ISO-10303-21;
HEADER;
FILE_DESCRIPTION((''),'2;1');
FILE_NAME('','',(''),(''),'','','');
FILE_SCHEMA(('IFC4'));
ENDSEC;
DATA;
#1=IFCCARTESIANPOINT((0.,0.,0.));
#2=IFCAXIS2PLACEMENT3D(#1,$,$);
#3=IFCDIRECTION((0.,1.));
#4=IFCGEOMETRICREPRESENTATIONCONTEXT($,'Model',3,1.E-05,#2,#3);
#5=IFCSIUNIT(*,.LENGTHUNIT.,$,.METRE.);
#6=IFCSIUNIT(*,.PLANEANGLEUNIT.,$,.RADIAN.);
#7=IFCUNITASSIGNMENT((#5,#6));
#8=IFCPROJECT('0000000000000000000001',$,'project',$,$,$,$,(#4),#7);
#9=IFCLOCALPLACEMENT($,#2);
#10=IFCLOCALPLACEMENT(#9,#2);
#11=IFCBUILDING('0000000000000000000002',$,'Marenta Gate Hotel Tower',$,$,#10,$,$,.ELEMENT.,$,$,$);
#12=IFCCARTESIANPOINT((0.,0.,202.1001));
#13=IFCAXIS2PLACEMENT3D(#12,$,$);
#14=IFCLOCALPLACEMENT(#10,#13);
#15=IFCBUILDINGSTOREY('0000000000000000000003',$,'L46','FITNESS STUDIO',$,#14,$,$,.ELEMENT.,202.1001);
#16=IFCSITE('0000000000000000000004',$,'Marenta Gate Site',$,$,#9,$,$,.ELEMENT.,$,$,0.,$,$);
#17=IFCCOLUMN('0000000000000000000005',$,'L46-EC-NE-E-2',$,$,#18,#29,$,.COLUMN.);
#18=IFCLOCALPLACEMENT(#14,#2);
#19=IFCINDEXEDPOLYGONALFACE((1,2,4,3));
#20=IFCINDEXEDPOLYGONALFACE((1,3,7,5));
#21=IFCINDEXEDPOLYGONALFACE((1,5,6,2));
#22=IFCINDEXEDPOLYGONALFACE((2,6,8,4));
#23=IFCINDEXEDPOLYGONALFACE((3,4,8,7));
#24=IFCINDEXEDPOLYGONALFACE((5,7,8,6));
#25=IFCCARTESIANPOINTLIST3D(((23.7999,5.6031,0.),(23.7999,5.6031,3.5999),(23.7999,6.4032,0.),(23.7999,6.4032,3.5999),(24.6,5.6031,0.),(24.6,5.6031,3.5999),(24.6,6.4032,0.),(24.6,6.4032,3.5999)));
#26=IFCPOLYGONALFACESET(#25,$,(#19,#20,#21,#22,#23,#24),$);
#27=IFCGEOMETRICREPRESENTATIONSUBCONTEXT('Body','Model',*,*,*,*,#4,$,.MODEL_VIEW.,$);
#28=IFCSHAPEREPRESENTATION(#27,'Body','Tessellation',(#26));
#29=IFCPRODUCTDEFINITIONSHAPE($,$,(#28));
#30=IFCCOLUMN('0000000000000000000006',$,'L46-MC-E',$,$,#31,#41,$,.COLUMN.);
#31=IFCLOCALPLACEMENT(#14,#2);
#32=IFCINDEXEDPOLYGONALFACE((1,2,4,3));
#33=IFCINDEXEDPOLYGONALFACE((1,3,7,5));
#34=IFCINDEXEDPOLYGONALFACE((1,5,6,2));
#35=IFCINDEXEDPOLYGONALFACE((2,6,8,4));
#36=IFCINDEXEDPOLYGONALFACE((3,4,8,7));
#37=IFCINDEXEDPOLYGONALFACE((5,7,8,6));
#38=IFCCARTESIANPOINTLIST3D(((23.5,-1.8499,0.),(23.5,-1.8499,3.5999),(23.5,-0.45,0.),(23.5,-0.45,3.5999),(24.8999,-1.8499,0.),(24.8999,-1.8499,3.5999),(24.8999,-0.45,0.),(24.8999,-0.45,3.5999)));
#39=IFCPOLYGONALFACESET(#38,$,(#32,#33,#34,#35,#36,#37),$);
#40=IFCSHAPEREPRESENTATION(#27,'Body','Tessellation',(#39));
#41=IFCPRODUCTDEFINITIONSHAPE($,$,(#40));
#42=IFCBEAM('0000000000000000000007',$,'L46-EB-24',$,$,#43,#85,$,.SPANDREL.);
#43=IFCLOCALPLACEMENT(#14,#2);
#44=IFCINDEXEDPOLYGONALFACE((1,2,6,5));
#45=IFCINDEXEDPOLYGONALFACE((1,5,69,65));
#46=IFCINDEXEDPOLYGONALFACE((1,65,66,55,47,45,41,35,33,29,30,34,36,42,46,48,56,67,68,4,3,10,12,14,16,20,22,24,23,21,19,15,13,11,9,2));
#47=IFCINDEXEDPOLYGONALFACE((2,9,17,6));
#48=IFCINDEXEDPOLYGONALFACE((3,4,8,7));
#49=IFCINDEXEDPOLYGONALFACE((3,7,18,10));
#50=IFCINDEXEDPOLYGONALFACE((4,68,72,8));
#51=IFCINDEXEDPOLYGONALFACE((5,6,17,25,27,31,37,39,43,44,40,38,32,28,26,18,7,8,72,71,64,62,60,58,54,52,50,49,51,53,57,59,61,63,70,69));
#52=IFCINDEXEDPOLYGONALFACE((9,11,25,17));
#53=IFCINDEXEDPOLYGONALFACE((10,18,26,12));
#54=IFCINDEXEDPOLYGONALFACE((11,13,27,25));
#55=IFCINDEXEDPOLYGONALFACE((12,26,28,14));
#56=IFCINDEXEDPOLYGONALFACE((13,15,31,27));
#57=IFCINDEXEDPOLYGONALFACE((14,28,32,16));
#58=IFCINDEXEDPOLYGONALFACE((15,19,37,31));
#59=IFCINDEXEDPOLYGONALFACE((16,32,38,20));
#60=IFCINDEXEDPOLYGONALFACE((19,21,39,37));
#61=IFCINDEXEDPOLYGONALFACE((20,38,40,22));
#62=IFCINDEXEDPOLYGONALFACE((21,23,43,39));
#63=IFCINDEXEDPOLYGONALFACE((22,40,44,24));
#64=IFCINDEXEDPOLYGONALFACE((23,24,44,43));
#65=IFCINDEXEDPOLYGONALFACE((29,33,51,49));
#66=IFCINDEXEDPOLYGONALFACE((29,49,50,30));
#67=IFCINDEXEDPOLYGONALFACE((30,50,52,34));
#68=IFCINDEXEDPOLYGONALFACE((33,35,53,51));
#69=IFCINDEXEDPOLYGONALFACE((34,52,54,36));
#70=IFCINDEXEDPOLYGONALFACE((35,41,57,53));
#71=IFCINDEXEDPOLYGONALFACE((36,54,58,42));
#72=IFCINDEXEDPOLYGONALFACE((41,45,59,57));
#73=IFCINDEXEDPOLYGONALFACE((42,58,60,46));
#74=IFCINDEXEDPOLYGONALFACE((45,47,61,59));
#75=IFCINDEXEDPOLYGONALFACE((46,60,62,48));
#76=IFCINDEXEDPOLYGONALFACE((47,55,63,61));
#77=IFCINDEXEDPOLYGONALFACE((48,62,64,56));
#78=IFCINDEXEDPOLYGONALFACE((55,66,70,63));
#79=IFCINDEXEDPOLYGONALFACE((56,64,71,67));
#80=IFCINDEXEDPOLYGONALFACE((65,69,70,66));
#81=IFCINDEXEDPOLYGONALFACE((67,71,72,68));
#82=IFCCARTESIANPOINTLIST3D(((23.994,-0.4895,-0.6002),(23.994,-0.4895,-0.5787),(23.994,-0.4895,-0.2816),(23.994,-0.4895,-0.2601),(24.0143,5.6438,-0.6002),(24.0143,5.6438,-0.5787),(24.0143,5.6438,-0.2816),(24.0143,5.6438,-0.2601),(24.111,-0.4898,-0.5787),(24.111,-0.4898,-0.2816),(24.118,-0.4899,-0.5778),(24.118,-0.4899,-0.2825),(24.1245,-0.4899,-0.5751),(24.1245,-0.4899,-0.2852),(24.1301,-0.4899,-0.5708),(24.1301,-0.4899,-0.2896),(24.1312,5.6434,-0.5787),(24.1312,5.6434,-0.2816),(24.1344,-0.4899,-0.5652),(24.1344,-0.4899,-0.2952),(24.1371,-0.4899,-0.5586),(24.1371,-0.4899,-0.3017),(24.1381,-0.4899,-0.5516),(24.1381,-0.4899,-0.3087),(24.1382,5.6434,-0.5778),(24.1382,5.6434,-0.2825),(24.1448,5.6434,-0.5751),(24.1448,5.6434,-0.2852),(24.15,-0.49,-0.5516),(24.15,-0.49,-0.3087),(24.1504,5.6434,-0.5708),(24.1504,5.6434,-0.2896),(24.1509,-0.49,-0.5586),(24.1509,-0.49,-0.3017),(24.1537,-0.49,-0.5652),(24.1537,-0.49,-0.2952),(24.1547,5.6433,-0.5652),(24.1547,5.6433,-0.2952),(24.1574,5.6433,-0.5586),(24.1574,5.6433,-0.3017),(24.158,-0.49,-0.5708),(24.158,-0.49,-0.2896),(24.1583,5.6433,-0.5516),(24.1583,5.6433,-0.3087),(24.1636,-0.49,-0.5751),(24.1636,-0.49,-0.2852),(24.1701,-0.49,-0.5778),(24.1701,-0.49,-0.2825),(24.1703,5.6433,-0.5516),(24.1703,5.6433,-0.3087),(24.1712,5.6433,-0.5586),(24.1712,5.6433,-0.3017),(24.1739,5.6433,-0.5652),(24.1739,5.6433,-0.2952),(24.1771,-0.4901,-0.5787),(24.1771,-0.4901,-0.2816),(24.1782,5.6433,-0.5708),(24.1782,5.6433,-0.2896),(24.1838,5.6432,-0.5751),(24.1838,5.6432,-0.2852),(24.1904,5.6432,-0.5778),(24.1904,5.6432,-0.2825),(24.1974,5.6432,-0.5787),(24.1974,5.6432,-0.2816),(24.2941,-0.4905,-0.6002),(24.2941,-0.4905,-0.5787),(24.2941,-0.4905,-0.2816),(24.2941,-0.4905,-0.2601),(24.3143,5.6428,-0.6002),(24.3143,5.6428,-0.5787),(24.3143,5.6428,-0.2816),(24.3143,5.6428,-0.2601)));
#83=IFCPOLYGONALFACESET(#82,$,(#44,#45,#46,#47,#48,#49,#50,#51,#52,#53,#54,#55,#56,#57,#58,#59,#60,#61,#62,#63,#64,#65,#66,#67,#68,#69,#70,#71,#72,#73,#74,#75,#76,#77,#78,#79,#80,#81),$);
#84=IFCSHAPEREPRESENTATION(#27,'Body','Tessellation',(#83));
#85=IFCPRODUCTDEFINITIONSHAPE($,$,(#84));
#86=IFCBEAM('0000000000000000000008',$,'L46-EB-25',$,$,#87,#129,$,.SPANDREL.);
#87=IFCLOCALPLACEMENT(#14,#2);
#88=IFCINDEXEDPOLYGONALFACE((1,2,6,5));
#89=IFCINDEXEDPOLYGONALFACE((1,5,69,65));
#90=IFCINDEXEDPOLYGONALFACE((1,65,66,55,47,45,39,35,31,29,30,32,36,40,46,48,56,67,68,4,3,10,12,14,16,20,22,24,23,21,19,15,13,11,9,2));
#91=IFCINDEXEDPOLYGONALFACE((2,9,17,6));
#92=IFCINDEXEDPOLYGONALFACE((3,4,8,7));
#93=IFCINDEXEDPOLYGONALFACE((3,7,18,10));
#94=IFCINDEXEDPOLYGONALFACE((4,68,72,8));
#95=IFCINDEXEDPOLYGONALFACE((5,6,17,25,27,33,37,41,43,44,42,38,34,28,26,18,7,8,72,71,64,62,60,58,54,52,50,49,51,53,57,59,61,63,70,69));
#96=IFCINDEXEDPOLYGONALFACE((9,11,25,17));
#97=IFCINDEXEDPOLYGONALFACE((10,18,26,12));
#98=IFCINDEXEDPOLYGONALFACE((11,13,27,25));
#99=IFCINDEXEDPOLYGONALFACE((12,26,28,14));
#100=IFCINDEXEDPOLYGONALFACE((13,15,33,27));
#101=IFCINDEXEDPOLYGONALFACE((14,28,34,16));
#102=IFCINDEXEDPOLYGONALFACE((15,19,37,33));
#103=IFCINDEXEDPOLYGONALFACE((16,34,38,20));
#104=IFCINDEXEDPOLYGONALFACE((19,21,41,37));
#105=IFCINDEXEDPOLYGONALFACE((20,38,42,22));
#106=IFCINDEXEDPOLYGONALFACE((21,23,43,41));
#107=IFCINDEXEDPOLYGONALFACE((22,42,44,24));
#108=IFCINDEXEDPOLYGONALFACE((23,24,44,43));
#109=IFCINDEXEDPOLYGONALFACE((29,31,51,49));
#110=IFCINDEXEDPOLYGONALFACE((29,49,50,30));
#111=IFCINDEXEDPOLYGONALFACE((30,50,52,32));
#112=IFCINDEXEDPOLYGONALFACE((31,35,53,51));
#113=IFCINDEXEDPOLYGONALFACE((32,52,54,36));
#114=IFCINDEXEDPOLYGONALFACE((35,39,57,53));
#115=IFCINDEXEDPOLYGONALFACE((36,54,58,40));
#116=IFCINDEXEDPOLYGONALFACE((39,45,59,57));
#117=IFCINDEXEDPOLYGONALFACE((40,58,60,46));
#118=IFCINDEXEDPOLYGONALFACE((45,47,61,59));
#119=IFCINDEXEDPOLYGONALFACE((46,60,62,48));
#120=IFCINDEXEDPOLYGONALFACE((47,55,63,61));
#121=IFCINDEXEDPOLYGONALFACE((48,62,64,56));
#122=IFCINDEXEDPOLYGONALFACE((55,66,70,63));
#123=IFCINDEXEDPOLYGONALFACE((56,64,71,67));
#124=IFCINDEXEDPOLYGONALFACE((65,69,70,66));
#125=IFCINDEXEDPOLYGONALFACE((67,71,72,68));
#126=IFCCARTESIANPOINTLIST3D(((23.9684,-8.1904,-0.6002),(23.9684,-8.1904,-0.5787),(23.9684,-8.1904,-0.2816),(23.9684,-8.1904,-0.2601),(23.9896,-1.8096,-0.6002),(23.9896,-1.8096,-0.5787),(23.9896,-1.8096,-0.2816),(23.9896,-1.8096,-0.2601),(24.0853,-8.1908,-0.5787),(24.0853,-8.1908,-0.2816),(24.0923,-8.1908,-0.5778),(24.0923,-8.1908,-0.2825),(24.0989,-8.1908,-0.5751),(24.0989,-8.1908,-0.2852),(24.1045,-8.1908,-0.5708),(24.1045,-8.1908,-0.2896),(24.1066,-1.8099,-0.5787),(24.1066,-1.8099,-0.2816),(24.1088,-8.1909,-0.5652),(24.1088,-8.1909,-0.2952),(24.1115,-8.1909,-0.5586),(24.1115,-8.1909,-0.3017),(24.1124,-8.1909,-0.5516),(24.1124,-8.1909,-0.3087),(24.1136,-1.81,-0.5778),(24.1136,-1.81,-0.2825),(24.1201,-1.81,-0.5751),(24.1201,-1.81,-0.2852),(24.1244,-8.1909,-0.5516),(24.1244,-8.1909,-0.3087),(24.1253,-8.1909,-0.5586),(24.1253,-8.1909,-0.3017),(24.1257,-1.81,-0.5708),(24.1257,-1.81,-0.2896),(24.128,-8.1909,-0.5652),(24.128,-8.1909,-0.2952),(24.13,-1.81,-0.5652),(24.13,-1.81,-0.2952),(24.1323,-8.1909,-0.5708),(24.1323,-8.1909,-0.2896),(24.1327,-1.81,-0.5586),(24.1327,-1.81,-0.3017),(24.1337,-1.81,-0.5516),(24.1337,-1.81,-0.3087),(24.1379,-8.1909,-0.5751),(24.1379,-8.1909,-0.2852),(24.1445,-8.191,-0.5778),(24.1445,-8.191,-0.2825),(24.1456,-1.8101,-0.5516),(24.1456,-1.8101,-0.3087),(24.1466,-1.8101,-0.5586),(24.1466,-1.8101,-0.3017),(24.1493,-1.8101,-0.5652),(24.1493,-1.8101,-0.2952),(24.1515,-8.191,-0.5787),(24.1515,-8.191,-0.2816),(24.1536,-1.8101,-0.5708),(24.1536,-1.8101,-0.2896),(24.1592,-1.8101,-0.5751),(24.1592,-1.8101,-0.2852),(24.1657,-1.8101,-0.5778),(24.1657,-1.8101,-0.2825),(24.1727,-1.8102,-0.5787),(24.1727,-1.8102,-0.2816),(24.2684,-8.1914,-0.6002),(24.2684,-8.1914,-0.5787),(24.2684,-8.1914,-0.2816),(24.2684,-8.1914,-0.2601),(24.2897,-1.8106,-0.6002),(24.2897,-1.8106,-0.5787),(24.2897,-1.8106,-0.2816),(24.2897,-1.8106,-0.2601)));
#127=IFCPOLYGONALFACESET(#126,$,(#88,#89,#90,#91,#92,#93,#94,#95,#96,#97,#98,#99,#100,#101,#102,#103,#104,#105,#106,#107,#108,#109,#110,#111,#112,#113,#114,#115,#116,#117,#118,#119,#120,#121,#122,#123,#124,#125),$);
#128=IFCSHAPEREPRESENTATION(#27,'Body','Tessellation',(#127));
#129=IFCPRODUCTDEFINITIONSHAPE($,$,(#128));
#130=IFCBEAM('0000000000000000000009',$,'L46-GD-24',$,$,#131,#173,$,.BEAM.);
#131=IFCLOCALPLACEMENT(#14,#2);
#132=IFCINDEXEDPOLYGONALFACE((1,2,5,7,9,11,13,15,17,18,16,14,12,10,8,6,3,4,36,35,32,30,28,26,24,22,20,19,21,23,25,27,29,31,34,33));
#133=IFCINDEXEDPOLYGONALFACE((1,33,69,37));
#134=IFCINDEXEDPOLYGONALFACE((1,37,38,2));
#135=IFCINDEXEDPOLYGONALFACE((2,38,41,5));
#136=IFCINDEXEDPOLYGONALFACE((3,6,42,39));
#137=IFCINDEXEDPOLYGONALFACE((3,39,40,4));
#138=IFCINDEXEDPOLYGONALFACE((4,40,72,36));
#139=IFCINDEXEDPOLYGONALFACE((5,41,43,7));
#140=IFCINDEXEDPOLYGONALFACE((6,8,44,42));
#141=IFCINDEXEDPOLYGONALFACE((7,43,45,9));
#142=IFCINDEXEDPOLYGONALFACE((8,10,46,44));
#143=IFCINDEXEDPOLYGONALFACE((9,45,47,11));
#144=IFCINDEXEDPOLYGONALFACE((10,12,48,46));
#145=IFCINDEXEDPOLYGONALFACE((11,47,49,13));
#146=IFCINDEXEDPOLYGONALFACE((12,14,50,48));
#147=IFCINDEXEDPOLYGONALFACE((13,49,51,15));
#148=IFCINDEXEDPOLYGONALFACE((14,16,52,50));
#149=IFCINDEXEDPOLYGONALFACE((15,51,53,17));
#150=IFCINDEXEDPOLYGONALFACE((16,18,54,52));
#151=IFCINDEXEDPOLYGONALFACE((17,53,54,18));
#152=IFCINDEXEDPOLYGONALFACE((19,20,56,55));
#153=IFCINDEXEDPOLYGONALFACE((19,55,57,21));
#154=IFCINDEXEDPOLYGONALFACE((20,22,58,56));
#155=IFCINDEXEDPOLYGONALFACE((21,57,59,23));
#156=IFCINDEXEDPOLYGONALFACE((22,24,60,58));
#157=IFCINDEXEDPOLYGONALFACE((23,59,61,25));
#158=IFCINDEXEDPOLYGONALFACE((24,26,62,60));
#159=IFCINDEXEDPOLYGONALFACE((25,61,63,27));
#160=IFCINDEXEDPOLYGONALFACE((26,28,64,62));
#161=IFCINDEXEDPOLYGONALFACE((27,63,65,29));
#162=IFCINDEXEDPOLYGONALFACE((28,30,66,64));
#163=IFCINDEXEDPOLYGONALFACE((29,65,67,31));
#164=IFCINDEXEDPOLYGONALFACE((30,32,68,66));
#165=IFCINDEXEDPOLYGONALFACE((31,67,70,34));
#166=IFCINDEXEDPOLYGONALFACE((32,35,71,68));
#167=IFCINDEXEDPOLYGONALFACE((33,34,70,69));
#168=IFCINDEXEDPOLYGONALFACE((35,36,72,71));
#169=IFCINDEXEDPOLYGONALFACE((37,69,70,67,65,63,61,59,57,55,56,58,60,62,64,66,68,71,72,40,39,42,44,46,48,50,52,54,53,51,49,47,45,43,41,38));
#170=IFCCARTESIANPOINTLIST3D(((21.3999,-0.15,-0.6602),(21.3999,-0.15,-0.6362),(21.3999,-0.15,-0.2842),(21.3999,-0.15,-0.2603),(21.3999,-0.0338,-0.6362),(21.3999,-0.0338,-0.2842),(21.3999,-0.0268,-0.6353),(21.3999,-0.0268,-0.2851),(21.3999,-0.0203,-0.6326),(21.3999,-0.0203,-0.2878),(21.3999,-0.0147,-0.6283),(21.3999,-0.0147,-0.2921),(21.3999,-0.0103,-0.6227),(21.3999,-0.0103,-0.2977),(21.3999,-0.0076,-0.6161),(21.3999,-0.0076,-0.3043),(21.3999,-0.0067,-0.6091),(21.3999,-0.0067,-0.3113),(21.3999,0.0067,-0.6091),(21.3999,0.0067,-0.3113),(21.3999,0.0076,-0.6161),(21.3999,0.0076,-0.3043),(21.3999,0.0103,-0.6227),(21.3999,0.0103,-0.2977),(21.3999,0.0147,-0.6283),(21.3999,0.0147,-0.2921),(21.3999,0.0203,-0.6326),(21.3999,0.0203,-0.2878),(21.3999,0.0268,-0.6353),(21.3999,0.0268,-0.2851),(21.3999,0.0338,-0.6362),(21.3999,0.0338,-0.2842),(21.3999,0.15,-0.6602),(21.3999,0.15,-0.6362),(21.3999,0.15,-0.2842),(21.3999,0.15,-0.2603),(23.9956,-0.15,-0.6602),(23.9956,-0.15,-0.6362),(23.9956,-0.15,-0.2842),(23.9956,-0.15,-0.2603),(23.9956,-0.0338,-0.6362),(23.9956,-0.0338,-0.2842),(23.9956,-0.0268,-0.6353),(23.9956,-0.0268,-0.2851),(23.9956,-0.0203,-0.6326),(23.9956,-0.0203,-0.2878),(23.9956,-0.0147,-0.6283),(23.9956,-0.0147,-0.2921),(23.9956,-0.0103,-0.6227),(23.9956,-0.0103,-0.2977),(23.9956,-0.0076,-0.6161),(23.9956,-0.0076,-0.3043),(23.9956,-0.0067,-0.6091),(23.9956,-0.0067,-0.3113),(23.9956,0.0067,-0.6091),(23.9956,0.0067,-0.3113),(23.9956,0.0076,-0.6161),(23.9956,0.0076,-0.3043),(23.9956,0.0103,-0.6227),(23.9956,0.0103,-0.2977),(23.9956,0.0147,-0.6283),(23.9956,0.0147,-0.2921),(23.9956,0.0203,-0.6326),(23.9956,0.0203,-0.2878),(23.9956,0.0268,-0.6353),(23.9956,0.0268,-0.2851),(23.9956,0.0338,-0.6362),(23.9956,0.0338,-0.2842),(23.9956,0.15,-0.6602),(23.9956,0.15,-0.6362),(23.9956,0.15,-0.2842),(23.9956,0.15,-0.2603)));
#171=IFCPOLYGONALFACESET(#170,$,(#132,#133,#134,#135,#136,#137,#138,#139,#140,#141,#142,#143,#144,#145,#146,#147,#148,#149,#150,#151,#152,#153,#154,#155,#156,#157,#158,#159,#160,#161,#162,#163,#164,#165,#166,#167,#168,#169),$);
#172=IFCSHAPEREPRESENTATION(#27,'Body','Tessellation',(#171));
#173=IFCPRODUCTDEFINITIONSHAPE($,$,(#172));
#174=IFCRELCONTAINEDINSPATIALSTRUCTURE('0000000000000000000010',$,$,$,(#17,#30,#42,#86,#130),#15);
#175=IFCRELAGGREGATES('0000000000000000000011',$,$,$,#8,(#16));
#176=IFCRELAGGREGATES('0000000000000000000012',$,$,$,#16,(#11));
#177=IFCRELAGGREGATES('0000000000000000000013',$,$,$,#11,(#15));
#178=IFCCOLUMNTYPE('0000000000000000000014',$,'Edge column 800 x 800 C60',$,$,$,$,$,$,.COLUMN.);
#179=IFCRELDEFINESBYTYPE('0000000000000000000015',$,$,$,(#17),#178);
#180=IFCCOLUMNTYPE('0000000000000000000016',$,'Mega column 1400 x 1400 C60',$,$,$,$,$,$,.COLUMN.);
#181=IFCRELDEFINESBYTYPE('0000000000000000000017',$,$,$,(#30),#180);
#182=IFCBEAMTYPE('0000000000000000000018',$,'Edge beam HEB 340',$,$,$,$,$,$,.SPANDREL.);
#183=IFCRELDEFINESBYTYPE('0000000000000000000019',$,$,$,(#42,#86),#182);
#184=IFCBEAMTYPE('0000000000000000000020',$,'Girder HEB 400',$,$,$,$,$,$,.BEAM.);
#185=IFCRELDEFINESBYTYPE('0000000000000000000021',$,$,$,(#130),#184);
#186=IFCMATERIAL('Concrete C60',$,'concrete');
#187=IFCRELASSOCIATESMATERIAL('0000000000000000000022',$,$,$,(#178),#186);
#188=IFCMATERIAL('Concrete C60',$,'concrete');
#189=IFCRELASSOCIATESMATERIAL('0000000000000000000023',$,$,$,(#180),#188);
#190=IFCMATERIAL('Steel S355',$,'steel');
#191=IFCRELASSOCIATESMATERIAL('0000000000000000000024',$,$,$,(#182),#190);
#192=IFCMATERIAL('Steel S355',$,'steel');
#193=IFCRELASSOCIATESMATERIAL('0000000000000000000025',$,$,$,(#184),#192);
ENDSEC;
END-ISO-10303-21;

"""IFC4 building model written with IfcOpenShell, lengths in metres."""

from ifc_helpers import new_model, si_unit, direction, frame, origin, origin_2d, place, context, subcontext, project, spatial, rectangle, i_section, extrude, material, material_profile, profile_set, type_object, element, save


model = new_model("IFC4")

# Units and contexts
model_context = context("Model", 3, precision=1e-05, world=origin(), true_north=direction((0.0, 1.0)))
body_context = subcontext(model_context, "Body", "Model", "MODEL_VIEW")
ifc_project = project(units=[si_unit("LENGTHUNIT", "METRE"), si_unit("PLANEANGLEUNIT", "RADIAN")], contexts=[model_context])

# Site, building, storey
site_placement = place(None, origin())
site = spatial("IfcSite", under=ifc_project, at=site_placement, Name="Marenta Gate Site", CompositionType="ELEMENT", RefElevation=0.0)
building_placement = place(site_placement, origin())
building = spatial("IfcBuilding", under=site, at=building_placement, Name="Marenta Gate Hotel Tower", CompositionType="ELEMENT")
storey_placement = place(building_placement, frame((0.0, 0.0, 202.1001)))
storey = spatial("IfcBuildingStorey", under=building, at=storey_placement, Name="L46", Description="FITNESS STUDIO", CompositionType="ELEMENT", Elevation=202.1001)

# Columns
ifc_material_1 = material(Name="Concrete C60", Category="concrete")
ifc_material_profile_1 = material_profile(ifc_material_1, rectangle(XDim=0.8, YDim=0.8, at=origin_2d()), Name="800 x 800")
ifc_profile_set_1 = profile_set([ifc_material_profile_1], Name="Concrete C60")
column_type_1 = type_object("IfcColumnType", Name="Edge column 800 x 800 C60", PredefinedType="COLUMN", material=ifc_profile_set_1)
column_1_placement = place(storey_placement, frame((24.2, 6.0032, 0.0), z_axis=(0.0, 0.0, 1.0), x_axis=(1.0, 0.0, 0.0)))
element("IfcColumn", 1, at=column_1_placement, inside=storey, type_object=column_type_1, Name="L46-EC-NE-E-2", PredefinedType="COLUMN", context=body_context, shape_type="SweptSolid", body=[
    extrude(rectangle(XDim=0.8, YDim=0.8, at=origin_2d()), origin(), (0.0, 0.0, 1.0), 3.5999),
])
ifc_material_2 = material(Name="Concrete C60", Category="concrete")
ifc_material_profile_2 = material_profile(ifc_material_2, rectangle(XDim=1.3999, YDim=1.3999, at=origin_2d()), Name="1400 x 1400")
ifc_profile_set_2 = profile_set([ifc_material_profile_2], Name="Concrete C60")
column_type_2 = type_object("IfcColumnType", Name="Mega column 1400 x 1400 C60", PredefinedType="COLUMN", material=ifc_profile_set_2)
column_2_placement = place(storey_placement, frame((24.2, -1.1499, 0.0), z_axis=(0.0, 0.0, 1.0), x_axis=(1.0, 0.0, 0.0)))
element("IfcColumn", 2, at=column_2_placement, inside=storey, type_object=column_type_2, Name="L46-MC-E", PredefinedType="COLUMN", context=body_context, shape_type="SweptSolid", body=[
    extrude(rectangle(XDim=1.3999, YDim=1.3999, at=origin_2d()), origin(), (0.0, 0.0, 1.0), 3.5999),
])

# Beams
ifc_material_3 = material(Name="Steel S355", Category="steel")
ifc_material_profile_3 = material_profile(ifc_material_3, i_section(OverallWidth=0.3, OverallDepth=0.3401, WebThickness=0.012, FlangeThickness=0.0215, FilletRadius=0.0271, at=origin_2d()), Name="HEB 340")
ifc_profile_set_3 = profile_set([ifc_material_profile_3], Name="Steel S355")
beam_type_1 = type_object("IfcBeamType", Name="Edge beam HEB 340", PredefinedType="SPANDREL", material=ifc_profile_set_3)
beam_1_placement = place(storey_placement, frame((24.1643, 5.6433, -0.4302), z_axis=(-0.003304, -0.999995, 0.0), x_axis=(0.999995, -0.003304, 0.0)))
element("IfcBeam", 3, at=beam_1_placement, inside=storey, type_object=beam_type_1, Name="L46-EB-24", PredefinedType="SPANDREL", context=body_context, shape_type="SweptSolid", body=[
    extrude(i_section(OverallWidth=0.3, OverallDepth=0.3401, WebThickness=0.012, FlangeThickness=0.0215, FilletRadius=0.0271, at=origin_2d()), origin(), (0.0, 0.0, 1.0), 6.1333),
])
beam_2_placement = place(storey_placement, frame((24.1396, -1.8101, -0.4302), z_axis=(-0.003329, -0.999994, 0.0), x_axis=(0.999994, -0.003329, 0.0)))
element("IfcBeam", 4, at=beam_2_placement, inside=storey, type_object=beam_type_1, Name="L46-EB-25", PredefinedType="SPANDREL", context=body_context, shape_type="SweptSolid", body=[
    extrude(i_section(OverallWidth=0.3, OverallDepth=0.3401, WebThickness=0.012, FlangeThickness=0.0215, FilletRadius=0.0271, at=origin_2d()), origin(), (0.0, 0.0, 1.0), 6.3809),
])
ifc_material_4 = material(Name="Steel S355", Category="steel")
ifc_material_profile_4 = material_profile(ifc_material_4, i_section(OverallWidth=0.3, OverallDepth=0.3999, WebThickness=0.0134, FlangeThickness=0.0239, FilletRadius=0.0271, at=origin_2d()), Name="HEB 400")
ifc_profile_set_4 = profile_set([ifc_material_profile_4], Name="Steel S355")
beam_type_2 = type_object("IfcBeamType", Name="Girder HEB 400", PredefinedType="BEAM", material=ifc_profile_set_4)
beam_3_placement = place(storey_placement, frame((21.3999, 0.0, -0.4602), z_axis=(1.0, 0.0, 0.0), x_axis=(0.0, 1.0, 0.0)))
element("IfcBeam", 5, at=beam_3_placement, inside=storey, type_object=beam_type_2, Name="L46-GD-24", PredefinedType="BEAM", context=body_context, shape_type="SweptSolid", body=[
    extrude(i_section(OverallWidth=0.3, OverallDepth=0.3999, WebThickness=0.0134, FlangeThickness=0.0239, FilletRadius=0.0271, at=origin_2d()), origin(), (0.0, 0.0, 1.0), 2.5957),
])

save(model, "model.ifc")
